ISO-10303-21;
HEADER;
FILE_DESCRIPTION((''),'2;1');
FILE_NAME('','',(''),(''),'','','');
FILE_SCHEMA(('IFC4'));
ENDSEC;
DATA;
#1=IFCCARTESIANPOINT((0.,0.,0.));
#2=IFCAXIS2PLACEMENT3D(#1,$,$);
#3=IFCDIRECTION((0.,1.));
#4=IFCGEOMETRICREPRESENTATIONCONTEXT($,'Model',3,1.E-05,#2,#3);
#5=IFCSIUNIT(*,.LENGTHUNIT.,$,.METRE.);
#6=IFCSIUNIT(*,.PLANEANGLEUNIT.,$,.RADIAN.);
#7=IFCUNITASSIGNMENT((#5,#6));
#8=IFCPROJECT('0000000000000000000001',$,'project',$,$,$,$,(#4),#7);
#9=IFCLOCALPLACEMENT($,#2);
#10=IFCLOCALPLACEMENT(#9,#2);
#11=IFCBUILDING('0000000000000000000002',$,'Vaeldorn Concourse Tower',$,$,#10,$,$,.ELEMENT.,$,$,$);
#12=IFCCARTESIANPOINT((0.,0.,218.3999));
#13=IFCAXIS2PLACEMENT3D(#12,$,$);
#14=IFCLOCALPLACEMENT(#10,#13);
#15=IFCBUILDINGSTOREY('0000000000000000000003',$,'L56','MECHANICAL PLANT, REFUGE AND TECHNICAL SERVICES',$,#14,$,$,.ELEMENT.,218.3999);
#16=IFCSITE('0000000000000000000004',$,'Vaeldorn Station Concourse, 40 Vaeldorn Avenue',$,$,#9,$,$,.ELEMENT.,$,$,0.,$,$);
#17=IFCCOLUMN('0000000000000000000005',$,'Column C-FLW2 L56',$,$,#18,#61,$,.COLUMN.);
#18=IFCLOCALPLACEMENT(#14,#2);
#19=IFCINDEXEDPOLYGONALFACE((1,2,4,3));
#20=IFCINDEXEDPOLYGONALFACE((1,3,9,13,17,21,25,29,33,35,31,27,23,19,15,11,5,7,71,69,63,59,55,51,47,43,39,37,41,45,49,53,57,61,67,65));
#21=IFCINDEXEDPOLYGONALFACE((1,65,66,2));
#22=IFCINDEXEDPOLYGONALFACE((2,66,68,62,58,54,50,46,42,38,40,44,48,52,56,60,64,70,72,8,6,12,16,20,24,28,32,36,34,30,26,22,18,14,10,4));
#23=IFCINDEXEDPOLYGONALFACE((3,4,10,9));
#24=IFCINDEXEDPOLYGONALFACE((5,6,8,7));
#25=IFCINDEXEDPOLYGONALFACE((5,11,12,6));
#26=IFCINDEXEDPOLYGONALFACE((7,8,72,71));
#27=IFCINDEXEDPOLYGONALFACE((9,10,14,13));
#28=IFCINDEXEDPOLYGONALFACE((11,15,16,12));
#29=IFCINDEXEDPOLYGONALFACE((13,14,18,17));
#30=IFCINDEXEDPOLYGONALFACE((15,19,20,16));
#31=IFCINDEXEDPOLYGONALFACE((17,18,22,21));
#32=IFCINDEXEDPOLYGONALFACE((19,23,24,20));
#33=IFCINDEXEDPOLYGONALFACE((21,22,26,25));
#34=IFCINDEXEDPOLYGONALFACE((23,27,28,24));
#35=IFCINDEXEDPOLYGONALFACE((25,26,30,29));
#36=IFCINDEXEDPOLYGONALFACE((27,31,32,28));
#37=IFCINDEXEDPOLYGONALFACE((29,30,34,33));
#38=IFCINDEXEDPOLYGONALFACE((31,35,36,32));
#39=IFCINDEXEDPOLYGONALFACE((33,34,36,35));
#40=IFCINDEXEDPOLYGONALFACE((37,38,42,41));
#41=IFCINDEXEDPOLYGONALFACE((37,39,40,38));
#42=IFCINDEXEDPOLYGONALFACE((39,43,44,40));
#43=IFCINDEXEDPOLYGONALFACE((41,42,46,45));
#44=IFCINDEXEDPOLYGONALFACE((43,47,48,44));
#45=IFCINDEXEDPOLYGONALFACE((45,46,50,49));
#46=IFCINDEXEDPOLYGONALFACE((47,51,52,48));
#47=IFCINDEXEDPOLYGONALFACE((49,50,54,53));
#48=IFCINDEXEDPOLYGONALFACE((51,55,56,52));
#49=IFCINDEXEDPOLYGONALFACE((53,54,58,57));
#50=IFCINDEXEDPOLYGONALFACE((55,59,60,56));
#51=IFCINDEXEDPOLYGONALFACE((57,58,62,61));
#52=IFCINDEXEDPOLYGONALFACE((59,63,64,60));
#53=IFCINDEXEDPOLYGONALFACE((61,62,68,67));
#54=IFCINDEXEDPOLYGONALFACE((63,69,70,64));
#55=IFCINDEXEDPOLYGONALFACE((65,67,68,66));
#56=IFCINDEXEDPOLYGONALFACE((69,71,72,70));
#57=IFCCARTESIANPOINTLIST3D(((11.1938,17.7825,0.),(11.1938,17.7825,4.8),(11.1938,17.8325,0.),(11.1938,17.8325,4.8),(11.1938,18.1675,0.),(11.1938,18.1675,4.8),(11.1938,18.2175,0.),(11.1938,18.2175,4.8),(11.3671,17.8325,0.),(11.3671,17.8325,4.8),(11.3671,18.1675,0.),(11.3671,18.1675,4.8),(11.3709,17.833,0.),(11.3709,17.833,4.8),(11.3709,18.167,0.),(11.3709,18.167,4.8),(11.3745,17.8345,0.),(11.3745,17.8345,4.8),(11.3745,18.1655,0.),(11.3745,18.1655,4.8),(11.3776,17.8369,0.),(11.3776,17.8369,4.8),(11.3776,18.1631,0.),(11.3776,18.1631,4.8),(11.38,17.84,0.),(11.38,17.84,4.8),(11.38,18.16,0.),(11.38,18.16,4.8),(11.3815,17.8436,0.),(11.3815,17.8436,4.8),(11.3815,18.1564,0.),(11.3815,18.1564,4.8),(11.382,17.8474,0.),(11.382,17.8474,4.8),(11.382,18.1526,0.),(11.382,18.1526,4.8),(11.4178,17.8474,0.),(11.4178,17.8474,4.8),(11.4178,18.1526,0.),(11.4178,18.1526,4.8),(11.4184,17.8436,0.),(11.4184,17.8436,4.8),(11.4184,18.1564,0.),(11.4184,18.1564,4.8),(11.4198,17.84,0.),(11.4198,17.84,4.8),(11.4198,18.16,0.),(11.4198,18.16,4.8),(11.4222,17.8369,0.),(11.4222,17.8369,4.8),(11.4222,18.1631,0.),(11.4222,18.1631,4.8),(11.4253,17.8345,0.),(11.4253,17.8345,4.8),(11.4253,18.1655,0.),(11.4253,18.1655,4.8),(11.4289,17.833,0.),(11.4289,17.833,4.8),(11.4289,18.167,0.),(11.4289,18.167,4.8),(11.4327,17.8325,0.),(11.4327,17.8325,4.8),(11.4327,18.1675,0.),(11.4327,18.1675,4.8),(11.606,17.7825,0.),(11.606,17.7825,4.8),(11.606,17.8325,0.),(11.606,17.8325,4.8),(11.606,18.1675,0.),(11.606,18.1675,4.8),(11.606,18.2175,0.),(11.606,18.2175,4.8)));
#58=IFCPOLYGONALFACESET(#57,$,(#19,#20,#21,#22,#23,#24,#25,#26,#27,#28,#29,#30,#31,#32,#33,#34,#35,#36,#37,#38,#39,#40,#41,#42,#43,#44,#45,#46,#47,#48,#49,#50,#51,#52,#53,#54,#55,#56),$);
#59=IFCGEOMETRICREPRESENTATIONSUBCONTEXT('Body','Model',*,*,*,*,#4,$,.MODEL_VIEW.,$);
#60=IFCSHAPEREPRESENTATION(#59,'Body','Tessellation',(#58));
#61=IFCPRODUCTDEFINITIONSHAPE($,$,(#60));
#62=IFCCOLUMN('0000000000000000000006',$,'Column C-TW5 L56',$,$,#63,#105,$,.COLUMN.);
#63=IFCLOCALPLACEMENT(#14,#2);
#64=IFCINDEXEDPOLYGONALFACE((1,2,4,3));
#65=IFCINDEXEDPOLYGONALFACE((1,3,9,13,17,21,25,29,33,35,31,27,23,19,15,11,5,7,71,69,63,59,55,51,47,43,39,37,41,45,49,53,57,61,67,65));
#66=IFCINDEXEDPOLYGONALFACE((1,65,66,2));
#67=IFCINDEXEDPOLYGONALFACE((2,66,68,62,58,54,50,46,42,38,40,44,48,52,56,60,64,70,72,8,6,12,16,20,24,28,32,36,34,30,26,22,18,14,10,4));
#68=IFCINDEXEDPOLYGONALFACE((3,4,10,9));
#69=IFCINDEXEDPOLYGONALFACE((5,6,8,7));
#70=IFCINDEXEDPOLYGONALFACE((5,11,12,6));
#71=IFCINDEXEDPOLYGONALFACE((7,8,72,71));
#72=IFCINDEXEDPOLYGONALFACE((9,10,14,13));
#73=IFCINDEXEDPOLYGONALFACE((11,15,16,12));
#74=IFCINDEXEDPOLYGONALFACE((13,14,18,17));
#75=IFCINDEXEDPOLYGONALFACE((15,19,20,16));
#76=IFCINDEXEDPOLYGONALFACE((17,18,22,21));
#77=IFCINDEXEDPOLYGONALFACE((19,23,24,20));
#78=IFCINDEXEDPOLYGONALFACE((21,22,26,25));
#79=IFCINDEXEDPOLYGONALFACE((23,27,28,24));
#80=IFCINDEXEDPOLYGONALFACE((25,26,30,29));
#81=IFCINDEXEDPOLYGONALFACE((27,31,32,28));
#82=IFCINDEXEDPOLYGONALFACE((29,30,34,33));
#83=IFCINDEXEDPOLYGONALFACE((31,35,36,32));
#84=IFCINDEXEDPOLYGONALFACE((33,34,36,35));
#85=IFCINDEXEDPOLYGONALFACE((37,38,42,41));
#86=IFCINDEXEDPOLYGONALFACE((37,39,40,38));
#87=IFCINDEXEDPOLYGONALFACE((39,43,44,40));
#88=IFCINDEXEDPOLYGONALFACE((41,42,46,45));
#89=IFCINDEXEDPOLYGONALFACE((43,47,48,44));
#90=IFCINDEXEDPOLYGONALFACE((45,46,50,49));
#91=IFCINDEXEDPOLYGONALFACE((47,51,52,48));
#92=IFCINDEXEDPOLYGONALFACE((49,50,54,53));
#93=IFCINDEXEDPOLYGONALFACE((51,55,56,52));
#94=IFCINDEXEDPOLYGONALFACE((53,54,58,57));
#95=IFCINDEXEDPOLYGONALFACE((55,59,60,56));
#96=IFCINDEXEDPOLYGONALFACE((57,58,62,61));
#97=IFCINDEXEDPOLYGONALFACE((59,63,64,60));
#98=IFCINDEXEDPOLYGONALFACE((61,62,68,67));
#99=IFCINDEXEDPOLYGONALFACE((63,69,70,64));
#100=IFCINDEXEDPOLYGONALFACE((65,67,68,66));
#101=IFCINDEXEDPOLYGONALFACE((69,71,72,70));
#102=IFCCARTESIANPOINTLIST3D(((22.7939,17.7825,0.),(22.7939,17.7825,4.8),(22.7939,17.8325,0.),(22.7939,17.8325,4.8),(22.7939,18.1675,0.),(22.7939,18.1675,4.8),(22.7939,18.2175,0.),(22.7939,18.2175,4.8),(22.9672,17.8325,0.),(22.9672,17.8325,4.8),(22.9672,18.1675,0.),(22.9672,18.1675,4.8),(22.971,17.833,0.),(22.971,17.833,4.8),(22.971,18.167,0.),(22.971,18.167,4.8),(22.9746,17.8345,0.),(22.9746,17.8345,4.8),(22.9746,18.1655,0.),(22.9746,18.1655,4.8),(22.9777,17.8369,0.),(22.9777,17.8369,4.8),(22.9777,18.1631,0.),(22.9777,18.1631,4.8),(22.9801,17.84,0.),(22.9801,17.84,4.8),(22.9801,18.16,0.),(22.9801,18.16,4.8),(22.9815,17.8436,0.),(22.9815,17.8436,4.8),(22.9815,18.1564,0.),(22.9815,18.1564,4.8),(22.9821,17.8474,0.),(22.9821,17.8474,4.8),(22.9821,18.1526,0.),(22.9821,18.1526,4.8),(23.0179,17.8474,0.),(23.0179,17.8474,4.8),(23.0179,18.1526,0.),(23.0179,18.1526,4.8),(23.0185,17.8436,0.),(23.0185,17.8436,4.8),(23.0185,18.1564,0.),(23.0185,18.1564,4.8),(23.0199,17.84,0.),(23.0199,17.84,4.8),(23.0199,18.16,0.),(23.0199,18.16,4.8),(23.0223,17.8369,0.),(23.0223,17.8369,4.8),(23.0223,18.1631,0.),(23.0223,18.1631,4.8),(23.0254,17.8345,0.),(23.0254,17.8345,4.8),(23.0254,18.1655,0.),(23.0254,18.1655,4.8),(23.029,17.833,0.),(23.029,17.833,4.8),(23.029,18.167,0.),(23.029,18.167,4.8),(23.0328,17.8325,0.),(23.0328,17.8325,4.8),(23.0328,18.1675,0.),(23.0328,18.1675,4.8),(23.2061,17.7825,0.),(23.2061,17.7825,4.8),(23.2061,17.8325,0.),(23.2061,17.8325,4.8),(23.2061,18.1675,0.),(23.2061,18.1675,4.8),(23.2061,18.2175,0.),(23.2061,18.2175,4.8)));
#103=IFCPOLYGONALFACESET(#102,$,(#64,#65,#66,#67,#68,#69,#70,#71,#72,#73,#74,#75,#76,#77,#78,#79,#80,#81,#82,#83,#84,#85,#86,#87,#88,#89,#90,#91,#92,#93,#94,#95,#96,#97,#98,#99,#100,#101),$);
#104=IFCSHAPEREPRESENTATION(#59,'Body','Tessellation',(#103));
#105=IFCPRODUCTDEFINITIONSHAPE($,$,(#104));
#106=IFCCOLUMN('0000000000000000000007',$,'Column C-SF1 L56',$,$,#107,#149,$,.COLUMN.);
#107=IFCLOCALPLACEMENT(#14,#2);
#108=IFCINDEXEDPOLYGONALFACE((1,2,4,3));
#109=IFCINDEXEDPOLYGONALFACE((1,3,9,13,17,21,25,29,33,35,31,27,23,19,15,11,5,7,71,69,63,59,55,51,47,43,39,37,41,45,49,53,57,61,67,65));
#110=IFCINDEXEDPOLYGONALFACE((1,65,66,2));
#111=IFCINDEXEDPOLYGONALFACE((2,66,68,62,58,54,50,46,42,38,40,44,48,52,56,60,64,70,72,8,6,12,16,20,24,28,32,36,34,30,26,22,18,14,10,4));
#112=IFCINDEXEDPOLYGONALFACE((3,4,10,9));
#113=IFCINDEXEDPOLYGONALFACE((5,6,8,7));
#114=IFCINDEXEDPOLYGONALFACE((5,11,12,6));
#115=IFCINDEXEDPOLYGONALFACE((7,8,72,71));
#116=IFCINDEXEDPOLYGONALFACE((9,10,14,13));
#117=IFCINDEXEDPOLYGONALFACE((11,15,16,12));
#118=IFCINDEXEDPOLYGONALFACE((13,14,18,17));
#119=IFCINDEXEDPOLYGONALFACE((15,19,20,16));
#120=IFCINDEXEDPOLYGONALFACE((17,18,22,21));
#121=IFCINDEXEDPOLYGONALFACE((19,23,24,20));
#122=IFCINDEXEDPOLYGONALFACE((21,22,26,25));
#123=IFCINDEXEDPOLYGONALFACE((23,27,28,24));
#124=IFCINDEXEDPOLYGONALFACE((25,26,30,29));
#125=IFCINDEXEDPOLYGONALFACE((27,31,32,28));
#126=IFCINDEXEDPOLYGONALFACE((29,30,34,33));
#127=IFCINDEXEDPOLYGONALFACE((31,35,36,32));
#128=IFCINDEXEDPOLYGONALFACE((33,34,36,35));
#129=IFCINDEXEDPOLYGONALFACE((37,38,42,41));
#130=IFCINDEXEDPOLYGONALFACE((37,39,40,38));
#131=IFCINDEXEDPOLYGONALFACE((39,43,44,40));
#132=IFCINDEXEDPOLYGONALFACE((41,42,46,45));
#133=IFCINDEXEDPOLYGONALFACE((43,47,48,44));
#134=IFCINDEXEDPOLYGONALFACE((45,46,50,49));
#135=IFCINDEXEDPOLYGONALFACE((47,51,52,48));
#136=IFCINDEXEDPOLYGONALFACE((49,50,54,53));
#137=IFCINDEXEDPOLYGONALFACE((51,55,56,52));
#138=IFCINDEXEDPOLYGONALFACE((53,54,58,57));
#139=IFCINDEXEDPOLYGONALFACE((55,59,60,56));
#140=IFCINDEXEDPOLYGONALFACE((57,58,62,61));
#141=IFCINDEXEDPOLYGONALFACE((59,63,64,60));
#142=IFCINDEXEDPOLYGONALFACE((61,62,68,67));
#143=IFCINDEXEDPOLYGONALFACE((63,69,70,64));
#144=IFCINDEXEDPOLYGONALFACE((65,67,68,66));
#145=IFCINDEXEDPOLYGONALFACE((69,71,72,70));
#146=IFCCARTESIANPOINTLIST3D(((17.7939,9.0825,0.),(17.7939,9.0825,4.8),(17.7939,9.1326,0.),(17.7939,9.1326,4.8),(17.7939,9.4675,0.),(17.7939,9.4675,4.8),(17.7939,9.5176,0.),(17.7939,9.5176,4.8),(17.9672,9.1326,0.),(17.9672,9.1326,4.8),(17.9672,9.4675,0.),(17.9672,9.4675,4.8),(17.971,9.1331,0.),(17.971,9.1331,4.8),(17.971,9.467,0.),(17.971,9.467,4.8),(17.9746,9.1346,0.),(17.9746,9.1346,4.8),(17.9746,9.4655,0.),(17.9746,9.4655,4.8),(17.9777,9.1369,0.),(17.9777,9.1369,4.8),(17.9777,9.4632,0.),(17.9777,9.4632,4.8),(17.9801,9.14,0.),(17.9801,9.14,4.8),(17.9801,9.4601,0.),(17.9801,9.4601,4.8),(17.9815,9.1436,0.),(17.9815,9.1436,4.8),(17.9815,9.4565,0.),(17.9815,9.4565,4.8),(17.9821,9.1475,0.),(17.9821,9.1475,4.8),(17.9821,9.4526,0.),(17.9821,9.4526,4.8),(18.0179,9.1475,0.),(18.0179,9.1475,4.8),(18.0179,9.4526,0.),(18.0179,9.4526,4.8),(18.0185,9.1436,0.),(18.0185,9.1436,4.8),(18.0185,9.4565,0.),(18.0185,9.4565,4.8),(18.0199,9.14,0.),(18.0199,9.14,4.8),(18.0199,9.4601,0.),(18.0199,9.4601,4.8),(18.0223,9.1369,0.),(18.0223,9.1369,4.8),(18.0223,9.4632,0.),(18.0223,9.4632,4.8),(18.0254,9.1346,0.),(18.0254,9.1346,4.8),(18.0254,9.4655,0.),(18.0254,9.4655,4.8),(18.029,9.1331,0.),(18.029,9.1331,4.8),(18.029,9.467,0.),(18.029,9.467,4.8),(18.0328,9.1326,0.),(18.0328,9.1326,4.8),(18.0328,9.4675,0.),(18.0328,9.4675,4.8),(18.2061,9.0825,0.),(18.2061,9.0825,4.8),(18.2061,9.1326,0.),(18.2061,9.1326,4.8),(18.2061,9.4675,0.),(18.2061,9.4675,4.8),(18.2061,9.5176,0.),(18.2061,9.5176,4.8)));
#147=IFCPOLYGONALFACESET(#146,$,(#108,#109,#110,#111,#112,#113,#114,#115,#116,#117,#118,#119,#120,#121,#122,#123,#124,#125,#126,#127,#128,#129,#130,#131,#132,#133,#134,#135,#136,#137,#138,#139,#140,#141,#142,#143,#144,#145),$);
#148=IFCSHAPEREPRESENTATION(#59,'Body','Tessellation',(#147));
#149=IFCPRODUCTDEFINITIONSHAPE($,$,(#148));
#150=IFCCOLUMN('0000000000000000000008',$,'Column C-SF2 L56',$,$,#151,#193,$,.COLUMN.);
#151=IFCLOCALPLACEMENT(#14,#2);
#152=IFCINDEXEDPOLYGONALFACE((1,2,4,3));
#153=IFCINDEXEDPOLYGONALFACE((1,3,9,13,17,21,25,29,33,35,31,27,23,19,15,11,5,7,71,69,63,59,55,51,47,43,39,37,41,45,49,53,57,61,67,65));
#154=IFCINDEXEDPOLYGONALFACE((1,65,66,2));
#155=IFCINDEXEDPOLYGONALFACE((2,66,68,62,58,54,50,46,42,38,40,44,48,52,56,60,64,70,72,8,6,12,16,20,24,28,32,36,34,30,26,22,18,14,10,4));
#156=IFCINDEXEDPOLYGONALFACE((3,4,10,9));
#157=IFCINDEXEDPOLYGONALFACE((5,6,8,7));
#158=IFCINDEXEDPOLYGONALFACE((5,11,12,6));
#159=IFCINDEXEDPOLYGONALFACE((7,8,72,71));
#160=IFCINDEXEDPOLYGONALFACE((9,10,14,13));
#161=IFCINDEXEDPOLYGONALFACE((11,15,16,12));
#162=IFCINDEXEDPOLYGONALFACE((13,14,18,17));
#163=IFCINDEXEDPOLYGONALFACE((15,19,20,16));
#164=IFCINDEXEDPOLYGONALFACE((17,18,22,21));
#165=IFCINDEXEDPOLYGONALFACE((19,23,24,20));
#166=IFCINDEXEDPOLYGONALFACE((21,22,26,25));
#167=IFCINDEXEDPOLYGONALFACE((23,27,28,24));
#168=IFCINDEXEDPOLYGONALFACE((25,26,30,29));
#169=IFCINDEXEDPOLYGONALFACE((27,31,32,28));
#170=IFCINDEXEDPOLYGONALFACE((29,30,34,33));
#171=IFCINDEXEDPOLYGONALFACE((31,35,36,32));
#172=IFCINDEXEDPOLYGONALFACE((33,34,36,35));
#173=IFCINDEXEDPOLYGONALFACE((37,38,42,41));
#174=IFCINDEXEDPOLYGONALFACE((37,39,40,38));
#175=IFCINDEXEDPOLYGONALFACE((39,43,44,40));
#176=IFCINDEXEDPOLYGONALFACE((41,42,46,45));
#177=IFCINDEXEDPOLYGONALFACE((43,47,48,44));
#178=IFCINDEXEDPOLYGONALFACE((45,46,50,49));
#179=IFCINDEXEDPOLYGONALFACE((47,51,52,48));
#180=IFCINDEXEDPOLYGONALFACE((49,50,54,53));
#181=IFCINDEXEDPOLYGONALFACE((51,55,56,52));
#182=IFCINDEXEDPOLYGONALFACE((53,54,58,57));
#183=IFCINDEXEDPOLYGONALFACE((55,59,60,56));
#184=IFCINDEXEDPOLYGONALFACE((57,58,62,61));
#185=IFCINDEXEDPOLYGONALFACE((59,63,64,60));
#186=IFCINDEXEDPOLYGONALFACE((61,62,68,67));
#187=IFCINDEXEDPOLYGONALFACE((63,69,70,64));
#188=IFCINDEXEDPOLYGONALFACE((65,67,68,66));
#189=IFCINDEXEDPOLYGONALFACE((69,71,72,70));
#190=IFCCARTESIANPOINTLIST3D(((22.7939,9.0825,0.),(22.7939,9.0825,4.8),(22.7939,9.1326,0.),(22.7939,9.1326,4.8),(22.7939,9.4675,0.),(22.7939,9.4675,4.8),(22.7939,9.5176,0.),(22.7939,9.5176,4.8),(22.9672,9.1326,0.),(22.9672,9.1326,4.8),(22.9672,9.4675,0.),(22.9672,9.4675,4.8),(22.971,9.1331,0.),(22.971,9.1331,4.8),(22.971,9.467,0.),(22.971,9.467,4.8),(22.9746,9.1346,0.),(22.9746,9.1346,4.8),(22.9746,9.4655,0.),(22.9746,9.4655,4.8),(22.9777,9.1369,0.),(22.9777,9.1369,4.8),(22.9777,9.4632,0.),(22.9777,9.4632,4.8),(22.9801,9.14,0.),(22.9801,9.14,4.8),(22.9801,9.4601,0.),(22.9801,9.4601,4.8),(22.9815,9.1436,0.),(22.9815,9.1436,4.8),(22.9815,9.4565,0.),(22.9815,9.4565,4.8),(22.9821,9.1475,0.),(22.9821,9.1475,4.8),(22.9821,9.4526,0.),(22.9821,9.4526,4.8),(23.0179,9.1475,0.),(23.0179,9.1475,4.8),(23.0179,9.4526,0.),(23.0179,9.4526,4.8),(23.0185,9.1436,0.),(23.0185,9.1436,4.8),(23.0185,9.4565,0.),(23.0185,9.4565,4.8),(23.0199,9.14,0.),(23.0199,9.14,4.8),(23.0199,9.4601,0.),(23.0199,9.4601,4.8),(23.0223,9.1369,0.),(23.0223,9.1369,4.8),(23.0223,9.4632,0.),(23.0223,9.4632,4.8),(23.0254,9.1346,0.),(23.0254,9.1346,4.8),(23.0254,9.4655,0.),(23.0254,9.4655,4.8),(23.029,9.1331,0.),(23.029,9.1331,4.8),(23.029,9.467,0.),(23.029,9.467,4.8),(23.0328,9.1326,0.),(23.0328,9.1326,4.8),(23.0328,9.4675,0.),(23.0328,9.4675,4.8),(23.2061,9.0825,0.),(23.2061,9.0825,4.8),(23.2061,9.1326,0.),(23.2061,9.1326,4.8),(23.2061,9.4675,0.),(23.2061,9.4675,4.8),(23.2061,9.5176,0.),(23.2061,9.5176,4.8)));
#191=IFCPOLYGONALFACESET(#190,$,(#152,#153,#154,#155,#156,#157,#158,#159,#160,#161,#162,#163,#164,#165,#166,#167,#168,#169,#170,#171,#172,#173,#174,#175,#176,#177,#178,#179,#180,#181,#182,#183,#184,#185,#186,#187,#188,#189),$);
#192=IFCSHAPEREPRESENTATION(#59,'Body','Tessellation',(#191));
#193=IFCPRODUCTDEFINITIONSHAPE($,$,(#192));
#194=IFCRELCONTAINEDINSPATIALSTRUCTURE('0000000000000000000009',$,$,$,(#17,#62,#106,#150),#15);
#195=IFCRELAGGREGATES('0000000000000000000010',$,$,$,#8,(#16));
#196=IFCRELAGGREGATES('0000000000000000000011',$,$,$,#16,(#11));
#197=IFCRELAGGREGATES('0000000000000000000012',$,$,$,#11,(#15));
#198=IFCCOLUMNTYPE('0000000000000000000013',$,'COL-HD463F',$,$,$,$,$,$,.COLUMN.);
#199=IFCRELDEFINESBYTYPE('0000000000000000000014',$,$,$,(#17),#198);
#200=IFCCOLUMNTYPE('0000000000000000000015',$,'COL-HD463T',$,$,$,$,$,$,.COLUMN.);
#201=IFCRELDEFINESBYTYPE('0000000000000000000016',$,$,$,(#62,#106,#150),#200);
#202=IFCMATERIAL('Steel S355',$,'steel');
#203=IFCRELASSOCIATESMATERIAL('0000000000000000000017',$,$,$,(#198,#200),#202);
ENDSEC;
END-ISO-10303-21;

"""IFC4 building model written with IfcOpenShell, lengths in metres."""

from ifc_helpers import new_model, si_unit, direction, frame, origin, origin_2d, place, context, subcontext, project, spatial, i_section, extrude, source, transform, mapped, material, material_profile, profile_set, type_object, element, save


model = new_model("IFC4")

# Units and contexts
model_context = context("Model", 3, precision=1e-05, world=origin(), true_north=direction((0.0, 1.0)))
body_context = subcontext(model_context, "Body", "Model", "MODEL_VIEW")
ifc_project = project(units=[si_unit("LENGTHUNIT", "METRE"), si_unit("PLANEANGLEUNIT", "RADIAN")], contexts=[model_context])

# Site, building, storey
site_placement = place(None, origin())
site = spatial("IfcSite", under=ifc_project, at=site_placement, Name="Vaeldorn Station Concourse, 40 Vaeldorn Avenue", CompositionType="ELEMENT", RefElevation=0.0)
building_placement = place(site_placement, origin())
building = spatial("IfcBuilding", under=site, at=building_placement, Name="Vaeldorn Concourse Tower", CompositionType="ELEMENT")
storey_placement = place(building_placement, frame((0.0, 0.0, 218.3999)))
storey = spatial("IfcBuildingStorey", under=building, at=storey_placement, Name="L56", Description="MECHANICAL PLANT, REFUGE AND TECHNICAL SERVICES", CompositionType="ELEMENT", Elevation=218.3999)

# Columns
ifc_material_1 = material(Name="Steel S355", Category="steel")
ifc_material_profile_1 = material_profile(ifc_material_1, i_section(OverallWidth=0.4121, OverallDepth=0.4351, WebThickness=0.0359, FlangeThickness=0.05, FilletRadius=0.0149, at=origin_2d()), Name="HD 400x463")
ifc_profile_set_1 = profile_set([ifc_material_profile_1], Name="Steel S355")
column_type_1 = type_object("IfcColumnType", Name="COL-HD463F", PredefinedType="COLUMN", material=ifc_profile_set_1)
shared_shape_1 = source(origin(), body_context, "Body", "SweptSolid", [
    extrude(i_section(OverallWidth=0.4121, OverallDepth=0.4351, WebThickness=0.0359, FlangeThickness=0.05, FilletRadius=0.0149, at=origin_2d()), origin(), (0.0, 0.0, 1.0), 4.8),
])
column_placement = place(storey_placement, frame((11.3999, 18.0, 0.0), z_axis=(0.0, 0.0, 1.0), x_axis=(1.0, 0.0, 0.0)))
element("IfcColumn", 1, at=column_placement, inside=storey, type_object=column_type_1, Name="Column C-FLW2 L56", PredefinedType="COLUMN", context=body_context, shape_type="MappedRepresentation", body=[
    mapped(shared_shape_1, transform((0.0, 0.0, 0.0), scale=1.0)),
])
ifc_material_profile_2 = material_profile(ifc_material_1, i_section(OverallWidth=0.4121, OverallDepth=0.4351, WebThickness=0.0359, FlangeThickness=0.05, FilletRadius=0.0149, at=origin_2d()), Name="HD 400x463")
ifc_profile_set_2 = profile_set([ifc_material_profile_2], Name="Steel S355")
column_type_2 = type_object("IfcColumnType", Name="COL-HD463T", PredefinedType="COLUMN", material=ifc_profile_set_2)
shared_shape_2 = source(origin(), body_context, "Body", "SweptSolid", [
    extrude(i_section(OverallWidth=0.4121, OverallDepth=0.4351, WebThickness=0.0359, FlangeThickness=0.05, FilletRadius=0.0149, at=origin_2d()), origin(), (0.0, 0.0, 1.0), 4.8),
])
for number, where, z_axis, x_axis, name in (
    (2, (23.0, 18.0, 0.0), (0.0, 0.0, 1.0), (1.0, 0.0, 0.0), "Column C-TW5 L56"),
    (3, (18.0, 9.3, 0.0), (0.0, 0.0, 1.0), (1.0, 0.0, 0.0), "Column C-SF1 L56"),
    (4, (23.0, 9.3, 0.0), (0.0, 0.0, 1.0), (1.0, 0.0, 0.0), "Column C-SF2 L56"),
):
    element("IfcColumn", number, at=place(storey_placement, frame(where, z_axis=z_axis, x_axis=x_axis)), inside=storey, type_object=column_type_2, Name=name, PredefinedType="COLUMN", context=body_context, shape_type="MappedRepresentation", body=[
        mapped(shared_shape_2, transform((0.0, 0.0, 0.0), scale=1.0)),
    ])

save(model, "model.ifc")
